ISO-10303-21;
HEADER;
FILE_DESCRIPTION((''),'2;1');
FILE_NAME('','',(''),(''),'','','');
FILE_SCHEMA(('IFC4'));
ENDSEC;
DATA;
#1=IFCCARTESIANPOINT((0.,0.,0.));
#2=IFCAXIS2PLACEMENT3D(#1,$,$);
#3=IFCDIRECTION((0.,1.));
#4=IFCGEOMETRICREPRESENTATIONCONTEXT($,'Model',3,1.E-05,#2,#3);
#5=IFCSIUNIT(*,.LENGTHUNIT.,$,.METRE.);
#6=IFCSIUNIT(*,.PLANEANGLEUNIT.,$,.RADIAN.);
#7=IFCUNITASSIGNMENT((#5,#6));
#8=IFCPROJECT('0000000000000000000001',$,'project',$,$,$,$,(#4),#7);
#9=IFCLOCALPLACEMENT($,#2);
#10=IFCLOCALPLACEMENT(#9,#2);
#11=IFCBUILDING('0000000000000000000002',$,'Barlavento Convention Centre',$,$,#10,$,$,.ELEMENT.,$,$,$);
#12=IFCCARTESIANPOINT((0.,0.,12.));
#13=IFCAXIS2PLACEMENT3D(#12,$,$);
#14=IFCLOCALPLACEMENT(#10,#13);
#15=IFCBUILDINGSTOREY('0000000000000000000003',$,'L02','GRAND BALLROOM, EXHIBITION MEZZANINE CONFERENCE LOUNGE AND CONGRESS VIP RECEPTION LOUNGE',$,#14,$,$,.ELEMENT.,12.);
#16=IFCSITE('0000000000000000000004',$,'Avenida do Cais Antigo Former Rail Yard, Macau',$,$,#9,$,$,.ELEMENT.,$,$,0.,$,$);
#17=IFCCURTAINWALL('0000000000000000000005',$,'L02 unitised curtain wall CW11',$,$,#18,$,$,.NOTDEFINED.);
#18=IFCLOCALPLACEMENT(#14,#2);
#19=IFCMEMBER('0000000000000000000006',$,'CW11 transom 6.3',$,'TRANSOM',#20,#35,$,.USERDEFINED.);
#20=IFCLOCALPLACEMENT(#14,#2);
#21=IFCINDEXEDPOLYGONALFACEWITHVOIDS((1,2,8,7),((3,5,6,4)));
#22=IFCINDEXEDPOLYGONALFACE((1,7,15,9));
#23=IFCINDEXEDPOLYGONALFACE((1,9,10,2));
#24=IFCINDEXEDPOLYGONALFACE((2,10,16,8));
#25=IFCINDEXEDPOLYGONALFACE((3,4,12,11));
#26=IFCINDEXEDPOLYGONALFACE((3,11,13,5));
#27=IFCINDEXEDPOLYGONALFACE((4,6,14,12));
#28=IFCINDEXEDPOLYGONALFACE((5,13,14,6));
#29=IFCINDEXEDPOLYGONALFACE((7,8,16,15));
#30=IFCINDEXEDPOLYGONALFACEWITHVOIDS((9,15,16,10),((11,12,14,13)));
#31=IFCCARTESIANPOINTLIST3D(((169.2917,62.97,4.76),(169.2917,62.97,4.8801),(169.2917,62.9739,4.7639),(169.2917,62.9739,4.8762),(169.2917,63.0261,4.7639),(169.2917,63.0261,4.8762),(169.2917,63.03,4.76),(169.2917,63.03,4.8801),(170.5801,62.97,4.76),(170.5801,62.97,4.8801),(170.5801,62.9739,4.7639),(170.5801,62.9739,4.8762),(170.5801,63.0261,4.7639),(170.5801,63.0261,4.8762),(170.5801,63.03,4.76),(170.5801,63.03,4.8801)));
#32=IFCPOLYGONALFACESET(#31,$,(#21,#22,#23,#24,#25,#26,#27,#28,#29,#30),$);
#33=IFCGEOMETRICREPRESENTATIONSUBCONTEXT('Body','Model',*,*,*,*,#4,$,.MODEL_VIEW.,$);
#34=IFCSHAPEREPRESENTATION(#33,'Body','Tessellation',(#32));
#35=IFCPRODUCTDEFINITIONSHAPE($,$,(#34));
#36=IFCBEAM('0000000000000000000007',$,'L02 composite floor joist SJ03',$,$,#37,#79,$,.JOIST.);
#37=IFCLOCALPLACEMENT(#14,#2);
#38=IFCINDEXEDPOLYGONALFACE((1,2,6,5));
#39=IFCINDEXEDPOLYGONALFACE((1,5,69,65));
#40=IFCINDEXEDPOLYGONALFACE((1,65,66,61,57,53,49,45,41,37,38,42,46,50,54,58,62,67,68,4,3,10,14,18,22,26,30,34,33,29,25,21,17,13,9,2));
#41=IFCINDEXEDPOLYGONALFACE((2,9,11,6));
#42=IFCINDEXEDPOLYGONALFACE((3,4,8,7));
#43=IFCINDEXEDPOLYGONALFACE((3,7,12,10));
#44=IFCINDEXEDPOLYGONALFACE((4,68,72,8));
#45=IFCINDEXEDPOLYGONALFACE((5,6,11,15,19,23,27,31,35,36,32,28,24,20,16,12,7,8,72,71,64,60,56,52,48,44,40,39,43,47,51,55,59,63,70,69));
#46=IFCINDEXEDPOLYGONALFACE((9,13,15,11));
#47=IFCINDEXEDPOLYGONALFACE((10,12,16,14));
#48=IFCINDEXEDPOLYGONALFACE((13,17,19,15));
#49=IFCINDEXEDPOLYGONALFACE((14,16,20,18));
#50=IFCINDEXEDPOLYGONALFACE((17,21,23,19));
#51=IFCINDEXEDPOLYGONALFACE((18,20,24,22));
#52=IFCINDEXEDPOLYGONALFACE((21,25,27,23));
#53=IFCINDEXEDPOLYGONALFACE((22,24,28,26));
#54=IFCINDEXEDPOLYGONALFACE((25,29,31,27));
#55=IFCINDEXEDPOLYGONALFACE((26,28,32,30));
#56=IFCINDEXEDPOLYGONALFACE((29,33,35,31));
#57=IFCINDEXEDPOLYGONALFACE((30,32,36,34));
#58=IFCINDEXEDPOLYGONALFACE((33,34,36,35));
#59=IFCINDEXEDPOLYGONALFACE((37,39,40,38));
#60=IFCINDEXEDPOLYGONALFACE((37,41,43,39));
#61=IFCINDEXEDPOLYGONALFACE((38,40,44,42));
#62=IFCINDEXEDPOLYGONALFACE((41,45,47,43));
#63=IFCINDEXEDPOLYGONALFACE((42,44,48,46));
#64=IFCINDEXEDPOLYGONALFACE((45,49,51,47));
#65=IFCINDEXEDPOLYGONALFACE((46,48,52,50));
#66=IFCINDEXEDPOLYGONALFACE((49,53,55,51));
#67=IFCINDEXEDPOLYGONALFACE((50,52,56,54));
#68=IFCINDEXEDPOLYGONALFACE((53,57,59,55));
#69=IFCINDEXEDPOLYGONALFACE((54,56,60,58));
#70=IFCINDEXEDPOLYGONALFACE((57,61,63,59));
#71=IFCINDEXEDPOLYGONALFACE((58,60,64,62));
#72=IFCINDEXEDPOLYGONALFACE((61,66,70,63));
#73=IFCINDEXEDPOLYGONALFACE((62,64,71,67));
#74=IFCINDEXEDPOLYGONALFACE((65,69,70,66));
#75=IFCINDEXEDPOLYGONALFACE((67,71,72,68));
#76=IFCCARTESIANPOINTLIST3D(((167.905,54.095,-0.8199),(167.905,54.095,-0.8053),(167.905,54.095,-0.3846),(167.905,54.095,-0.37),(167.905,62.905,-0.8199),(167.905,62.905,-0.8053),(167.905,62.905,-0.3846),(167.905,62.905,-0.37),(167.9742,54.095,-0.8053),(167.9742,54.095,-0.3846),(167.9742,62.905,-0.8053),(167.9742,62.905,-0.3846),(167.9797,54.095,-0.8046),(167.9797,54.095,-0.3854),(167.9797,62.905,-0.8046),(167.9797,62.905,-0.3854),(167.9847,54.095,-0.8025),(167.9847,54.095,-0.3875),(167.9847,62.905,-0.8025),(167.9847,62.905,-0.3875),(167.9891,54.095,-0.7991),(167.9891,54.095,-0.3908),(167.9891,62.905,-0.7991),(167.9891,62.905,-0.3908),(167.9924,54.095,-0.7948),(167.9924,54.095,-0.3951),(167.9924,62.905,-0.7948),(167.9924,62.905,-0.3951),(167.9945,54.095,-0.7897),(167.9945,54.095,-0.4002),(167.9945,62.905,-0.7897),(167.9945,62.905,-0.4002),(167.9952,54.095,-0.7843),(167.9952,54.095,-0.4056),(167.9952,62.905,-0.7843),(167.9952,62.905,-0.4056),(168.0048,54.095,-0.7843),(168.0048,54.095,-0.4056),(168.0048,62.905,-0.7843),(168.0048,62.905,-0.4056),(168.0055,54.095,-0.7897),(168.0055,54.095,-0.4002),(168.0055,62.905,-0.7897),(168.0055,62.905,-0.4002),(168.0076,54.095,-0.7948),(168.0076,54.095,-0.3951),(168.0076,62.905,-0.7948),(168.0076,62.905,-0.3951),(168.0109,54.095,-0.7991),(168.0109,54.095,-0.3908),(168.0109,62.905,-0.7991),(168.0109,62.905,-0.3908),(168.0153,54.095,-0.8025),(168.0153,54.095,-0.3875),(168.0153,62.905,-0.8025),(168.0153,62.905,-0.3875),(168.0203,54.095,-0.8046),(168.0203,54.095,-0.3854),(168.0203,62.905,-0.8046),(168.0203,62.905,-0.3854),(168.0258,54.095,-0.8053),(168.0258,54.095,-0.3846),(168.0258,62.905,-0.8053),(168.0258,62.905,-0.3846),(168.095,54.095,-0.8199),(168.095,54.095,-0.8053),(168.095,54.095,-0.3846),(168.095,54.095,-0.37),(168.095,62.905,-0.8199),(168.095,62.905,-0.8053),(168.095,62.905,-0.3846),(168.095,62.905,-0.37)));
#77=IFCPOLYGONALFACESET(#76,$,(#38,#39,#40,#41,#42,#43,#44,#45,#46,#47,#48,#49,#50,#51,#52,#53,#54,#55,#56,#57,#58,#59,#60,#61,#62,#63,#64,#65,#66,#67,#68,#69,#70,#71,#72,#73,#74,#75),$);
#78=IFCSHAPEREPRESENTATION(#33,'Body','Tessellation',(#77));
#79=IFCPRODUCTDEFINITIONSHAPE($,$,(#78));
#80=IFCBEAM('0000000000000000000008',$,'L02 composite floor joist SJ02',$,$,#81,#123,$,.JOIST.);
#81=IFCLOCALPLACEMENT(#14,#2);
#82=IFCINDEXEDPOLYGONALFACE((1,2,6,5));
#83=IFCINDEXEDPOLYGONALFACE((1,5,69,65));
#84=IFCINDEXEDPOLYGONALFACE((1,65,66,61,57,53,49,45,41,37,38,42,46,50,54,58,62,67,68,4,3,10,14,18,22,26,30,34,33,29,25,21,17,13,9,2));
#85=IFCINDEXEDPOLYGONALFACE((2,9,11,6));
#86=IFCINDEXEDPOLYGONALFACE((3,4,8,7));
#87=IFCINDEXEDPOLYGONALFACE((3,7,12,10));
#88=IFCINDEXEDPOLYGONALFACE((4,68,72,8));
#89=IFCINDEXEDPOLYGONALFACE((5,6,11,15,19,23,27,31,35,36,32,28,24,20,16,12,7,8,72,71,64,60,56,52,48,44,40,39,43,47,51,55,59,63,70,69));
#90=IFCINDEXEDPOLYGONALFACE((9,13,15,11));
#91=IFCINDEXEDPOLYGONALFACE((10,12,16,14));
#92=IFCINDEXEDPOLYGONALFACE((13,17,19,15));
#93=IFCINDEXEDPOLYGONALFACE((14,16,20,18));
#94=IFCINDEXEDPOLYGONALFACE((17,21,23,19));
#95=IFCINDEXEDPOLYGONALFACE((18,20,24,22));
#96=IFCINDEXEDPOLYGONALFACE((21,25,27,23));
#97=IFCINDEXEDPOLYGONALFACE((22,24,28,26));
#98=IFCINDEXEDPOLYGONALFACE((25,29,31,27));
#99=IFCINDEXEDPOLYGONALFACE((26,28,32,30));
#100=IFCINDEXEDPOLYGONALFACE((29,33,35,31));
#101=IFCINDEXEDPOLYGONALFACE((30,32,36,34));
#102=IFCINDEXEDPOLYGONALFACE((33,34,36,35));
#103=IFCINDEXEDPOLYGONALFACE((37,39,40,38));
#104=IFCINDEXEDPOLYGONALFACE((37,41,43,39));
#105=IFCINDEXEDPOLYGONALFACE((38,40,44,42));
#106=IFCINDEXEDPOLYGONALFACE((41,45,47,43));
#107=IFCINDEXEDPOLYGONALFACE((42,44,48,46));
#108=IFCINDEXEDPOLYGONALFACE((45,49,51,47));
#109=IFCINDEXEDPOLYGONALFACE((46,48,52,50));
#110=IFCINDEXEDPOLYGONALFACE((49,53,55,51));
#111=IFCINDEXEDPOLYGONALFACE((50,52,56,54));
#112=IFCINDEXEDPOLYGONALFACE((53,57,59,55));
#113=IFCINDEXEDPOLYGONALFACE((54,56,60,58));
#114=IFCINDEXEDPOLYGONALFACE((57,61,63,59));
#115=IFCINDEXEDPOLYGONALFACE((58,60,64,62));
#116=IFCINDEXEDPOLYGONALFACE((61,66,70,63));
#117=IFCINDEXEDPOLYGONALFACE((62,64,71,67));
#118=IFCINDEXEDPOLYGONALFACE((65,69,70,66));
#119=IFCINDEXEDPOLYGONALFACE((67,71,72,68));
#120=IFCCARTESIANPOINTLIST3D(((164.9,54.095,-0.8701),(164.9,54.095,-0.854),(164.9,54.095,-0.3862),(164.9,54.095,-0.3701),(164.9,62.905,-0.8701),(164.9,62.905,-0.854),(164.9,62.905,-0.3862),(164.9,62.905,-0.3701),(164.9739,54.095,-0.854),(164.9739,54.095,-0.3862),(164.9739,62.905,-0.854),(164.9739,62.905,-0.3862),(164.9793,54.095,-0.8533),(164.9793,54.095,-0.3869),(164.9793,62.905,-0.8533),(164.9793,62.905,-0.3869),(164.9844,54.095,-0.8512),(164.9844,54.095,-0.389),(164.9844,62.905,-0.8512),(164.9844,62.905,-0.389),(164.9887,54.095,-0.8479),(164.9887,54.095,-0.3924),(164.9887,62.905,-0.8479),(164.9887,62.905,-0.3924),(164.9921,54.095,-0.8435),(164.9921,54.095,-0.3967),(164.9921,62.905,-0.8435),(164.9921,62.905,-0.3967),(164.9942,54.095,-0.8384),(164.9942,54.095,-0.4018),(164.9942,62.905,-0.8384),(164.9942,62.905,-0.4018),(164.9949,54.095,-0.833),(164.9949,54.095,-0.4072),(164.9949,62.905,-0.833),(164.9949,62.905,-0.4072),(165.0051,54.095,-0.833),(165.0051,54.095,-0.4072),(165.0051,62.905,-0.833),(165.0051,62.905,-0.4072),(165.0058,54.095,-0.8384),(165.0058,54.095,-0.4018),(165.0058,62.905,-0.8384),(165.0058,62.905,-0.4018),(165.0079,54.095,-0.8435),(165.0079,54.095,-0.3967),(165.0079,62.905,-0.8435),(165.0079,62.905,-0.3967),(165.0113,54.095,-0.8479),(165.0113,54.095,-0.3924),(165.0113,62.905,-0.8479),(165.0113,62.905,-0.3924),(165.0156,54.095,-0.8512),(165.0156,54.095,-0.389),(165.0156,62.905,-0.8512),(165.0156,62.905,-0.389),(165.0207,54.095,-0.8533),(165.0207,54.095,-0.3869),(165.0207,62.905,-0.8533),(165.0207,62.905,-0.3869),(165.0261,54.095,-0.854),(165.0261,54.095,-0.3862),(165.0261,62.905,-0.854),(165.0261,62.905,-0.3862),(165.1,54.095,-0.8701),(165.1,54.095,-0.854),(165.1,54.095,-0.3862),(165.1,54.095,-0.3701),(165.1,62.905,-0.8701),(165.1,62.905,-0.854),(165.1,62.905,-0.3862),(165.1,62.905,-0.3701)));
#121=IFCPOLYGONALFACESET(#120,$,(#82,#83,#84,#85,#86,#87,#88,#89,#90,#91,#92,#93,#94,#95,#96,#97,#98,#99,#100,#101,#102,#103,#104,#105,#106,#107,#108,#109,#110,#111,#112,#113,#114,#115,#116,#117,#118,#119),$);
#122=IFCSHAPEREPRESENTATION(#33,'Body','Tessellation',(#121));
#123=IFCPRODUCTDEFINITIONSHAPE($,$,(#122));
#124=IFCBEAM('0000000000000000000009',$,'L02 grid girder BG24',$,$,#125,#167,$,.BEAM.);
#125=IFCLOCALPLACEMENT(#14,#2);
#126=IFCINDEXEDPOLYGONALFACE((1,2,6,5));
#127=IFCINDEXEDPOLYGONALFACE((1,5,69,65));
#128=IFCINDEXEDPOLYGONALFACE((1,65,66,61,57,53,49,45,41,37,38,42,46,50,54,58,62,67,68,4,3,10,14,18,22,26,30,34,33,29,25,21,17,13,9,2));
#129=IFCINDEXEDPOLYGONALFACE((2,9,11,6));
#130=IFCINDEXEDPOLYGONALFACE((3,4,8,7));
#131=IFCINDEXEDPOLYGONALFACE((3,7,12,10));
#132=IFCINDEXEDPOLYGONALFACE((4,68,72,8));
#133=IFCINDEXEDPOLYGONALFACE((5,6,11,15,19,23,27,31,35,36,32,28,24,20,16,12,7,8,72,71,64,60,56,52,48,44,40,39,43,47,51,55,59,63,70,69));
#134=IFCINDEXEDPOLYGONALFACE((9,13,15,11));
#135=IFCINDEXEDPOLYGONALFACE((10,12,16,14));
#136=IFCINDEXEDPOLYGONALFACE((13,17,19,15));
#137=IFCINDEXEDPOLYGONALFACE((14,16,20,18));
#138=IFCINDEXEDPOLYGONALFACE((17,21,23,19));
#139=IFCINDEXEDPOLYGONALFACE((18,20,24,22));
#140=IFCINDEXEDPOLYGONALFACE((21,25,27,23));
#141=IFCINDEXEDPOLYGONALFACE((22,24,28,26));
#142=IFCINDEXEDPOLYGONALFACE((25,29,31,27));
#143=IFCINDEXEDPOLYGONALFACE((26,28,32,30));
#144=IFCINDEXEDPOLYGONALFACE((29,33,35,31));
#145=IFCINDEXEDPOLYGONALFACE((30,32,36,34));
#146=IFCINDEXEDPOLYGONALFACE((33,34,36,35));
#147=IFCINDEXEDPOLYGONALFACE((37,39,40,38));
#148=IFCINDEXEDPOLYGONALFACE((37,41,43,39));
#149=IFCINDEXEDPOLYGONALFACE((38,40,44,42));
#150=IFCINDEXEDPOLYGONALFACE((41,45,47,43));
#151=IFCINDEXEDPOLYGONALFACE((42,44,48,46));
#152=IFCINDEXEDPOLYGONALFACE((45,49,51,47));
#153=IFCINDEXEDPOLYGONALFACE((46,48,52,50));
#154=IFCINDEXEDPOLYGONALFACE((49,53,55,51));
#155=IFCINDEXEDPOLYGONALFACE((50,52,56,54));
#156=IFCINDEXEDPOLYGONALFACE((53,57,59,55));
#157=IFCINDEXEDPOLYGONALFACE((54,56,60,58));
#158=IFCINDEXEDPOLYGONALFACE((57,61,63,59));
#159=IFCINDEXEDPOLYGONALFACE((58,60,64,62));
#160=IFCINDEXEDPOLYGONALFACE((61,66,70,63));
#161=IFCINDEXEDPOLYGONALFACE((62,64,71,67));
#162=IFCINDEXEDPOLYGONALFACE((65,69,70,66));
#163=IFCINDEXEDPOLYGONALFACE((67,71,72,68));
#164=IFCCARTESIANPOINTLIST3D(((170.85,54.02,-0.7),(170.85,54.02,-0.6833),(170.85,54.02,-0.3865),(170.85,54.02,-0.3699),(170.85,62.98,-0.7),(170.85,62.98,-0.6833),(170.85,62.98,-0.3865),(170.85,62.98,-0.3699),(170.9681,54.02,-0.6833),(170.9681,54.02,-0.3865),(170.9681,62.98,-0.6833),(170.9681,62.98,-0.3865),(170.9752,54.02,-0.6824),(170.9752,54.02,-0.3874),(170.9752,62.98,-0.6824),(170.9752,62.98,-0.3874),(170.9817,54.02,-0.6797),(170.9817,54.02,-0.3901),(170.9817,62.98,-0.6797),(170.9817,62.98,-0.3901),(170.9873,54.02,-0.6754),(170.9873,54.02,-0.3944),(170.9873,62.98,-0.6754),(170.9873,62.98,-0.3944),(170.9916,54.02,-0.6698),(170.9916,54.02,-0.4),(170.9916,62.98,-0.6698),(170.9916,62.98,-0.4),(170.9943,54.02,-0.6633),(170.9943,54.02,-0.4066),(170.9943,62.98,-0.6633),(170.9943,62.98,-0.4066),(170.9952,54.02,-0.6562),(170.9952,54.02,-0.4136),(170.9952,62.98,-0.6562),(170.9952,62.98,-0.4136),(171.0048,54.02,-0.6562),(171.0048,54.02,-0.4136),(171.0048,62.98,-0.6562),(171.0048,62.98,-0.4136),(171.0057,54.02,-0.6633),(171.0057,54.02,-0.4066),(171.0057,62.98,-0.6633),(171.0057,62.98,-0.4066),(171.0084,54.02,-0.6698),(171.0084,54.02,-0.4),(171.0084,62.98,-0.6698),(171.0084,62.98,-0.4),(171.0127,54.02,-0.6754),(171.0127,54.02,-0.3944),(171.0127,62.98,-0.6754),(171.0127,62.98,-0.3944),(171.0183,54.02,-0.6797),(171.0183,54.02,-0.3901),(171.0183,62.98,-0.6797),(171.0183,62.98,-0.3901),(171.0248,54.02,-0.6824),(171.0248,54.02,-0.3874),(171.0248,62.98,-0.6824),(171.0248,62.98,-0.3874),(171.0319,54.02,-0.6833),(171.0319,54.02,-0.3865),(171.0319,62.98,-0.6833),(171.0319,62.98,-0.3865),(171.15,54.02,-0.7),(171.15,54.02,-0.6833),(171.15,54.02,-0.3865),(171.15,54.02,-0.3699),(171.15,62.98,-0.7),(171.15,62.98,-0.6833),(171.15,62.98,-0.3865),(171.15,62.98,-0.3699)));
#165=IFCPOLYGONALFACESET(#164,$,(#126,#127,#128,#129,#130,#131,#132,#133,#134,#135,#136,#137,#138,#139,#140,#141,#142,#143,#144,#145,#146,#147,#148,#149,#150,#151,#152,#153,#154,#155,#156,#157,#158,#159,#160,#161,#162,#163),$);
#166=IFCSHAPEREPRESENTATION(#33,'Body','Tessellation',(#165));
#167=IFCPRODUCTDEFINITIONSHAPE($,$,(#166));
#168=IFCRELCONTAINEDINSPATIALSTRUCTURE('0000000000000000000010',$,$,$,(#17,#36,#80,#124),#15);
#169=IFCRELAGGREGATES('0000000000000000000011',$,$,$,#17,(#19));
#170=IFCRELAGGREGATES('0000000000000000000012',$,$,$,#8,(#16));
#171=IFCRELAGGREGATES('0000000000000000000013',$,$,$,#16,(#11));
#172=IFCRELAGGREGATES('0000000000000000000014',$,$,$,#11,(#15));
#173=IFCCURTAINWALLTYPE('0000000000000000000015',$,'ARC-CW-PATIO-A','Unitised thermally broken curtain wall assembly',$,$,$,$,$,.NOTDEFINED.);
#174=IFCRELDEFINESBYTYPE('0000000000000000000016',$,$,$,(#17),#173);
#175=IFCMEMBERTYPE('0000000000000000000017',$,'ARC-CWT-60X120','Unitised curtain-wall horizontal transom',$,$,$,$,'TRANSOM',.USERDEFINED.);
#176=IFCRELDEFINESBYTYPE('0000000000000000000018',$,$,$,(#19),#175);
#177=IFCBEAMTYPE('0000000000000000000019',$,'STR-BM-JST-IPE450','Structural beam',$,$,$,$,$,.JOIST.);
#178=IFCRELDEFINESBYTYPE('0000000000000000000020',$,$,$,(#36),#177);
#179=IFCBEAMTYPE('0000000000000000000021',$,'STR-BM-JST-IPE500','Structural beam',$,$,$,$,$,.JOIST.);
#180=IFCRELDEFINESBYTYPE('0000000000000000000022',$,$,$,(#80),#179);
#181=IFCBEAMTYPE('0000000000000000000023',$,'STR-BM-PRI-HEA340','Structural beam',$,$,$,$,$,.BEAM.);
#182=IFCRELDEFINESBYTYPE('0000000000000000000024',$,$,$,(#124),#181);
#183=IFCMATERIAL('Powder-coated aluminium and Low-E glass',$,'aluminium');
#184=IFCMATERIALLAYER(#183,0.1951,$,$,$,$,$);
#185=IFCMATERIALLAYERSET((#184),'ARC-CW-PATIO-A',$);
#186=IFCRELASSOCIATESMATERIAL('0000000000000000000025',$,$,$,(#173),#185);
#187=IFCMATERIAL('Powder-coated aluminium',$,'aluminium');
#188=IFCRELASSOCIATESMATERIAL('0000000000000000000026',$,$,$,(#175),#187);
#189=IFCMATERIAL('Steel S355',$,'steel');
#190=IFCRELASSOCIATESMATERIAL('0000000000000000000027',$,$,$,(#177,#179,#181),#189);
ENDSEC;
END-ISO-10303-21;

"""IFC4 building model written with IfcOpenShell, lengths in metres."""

from ifc_helpers import new_model, si_unit, direction, frame, origin, origin_2d, place, context, subcontext, project, spatial, hollow_rectangle, i_section, extrude, material, layer, layer_set, material_profile, profile_set, type_object, element, aggregate, save


model = new_model("IFC4")

# Units and contexts
model_context = context("Model", 3, precision=1e-05, world=origin(), true_north=direction((0.0, 1.0)))
body_context = subcontext(model_context, "Body", "Model", "MODEL_VIEW")
ifc_project = project(units=[si_unit("LENGTHUNIT", "METRE"), si_unit("PLANEANGLEUNIT", "RADIAN")], contexts=[model_context])

# Site, building, storey
site_placement = place(None, origin())
site = spatial("IfcSite", under=ifc_project, at=site_placement, Name="Avenida do Cais Antigo Former Rail Yard, Macau", CompositionType="ELEMENT", RefElevation=0.0)
building_placement = place(site_placement, origin())
building = spatial("IfcBuilding", under=site, at=building_placement, Name="Barlavento Convention Centre", CompositionType="ELEMENT")
storey_placement = place(building_placement, frame((0.0, 0.0, 12.0)))
storey = spatial("IfcBuildingStorey", under=building, at=storey_placement, Name="L02", Description="GRAND BALLROOM, EXHIBITION MEZZANINE CONFERENCE LOUNGE AND CONGRESS VIP RECEPTION LOUNGE", CompositionType="ELEMENT", Elevation=12.0)

# Shared definitions
ifc_material_1 = material(Name="Steel S355", Category="steel")

# Curtain wall, member
ifc_material_2 = material(Name="Powder-coated aluminium and Low-E glass", Category="aluminium")
ifc_layer_1 = layer(ifc_material_2, 0.1951)
ifc_layer_set_1 = layer_set([ifc_layer_1], Name="ARC-CW-PATIO-A")
curtain_wall_type = type_object("IfcCurtainWallType", Name="ARC-CW-PATIO-A", Description="Unitised thermally broken curtain wall assembly", PredefinedType="NOTDEFINED", material=ifc_layer_set_1)
curtain_wall_placement = place(storey_placement, origin())
curtain_wall = element("IfcCurtainWall", 1, at=curtain_wall_placement, inside=storey, type_object=curtain_wall_type, Name="L02 unitised curtain wall CW11", PredefinedType="NOTDEFINED")
ifc_material_3 = material(Name="Powder-coated aluminium", Category="aluminium")
ifc_material_profile_1 = material_profile(ifc_material_3, hollow_rectangle(XDim=0.0601, YDim=0.1201, WallThickness=0.0039, at=origin_2d()), Name="AL-TRAN 60x120x4")
ifc_profile_set_1 = profile_set([ifc_material_profile_1], Name="Powder-coated aluminium")
member_type_1 = type_object("IfcMemberType", Name="ARC-CWT-60X120", Description="Unitised curtain-wall horizontal transom", ElementType="TRANSOM", PredefinedType="USERDEFINED", material=ifc_profile_set_1)
member_1_placement = place(storey_placement, frame((169.2917, 63.0, 4.8201), z_axis=(1.0, 0.0, 0.0), x_axis=(0.0, 1.0, 0.0)))
member_1 = element("IfcMember", 2, at=member_1_placement, type_object=member_type_1, Name="CW11 transom 6.3", ObjectType="TRANSOM", PredefinedType="USERDEFINED", context=body_context, shape_type="SweptSolid", body=[
    extrude(hollow_rectangle(XDim=0.0601, YDim=0.1201, WallThickness=0.0039, at=origin_2d()), origin(), (0.0, 0.0, 1.0), 1.2883),
])

# Beams
ifc_material_profile_2 = material_profile(ifc_material_1, i_section(OverallWidth=0.1899, OverallDepth=0.45, WebThickness=0.0095, FlangeThickness=0.0146, FilletRadius=0.021, at=origin_2d()), Name="IPE 450")
ifc_profile_set_2 = profile_set([ifc_material_profile_2], Name="Steel S355")
beam_type_1 = type_object("IfcBeamType", Name="STR-BM-JST-IPE450", Description="Structural beam", PredefinedType="JOIST", material=ifc_profile_set_2)
beam_1_placement = place(storey_placement, frame((168.0, 54.095, -0.595), z_axis=(0.0, 1.0, 0.0), x_axis=(-1.0, 0.0, 0.0)))
element("IfcBeam", 3, at=beam_1_placement, inside=storey, type_object=beam_type_1, Name="L02 composite floor joist SJ03", PredefinedType="JOIST", context=body_context, shape_type="SweptSolid", body=[
    extrude(i_section(OverallWidth=0.1899, OverallDepth=0.45, WebThickness=0.0095, FlangeThickness=0.0146, FilletRadius=0.021, at=origin_2d()), origin(), (0.0, 0.0, 1.0), 8.8101),
])
ifc_material_profile_3 = material_profile(ifc_material_1, i_section(OverallWidth=0.2, OverallDepth=0.5, WebThickness=0.0103, FlangeThickness=0.0161, FilletRadius=0.021, at=origin_2d()), Name="IPE 500")
ifc_profile_set_3 = profile_set([ifc_material_profile_3], Name="Steel S355")
beam_type_2 = type_object("IfcBeamType", Name="STR-BM-JST-IPE500", Description="Structural beam", PredefinedType="JOIST", material=ifc_profile_set_3)
beam_2_placement = place(storey_placement, frame((165.0, 54.095, -0.6201), z_axis=(0.0, 1.0, 0.0), x_axis=(-1.0, 0.0, 0.0)))
element("IfcBeam", 4, at=beam_2_placement, inside=storey, type_object=beam_type_2, Name="L02 composite floor joist SJ02", PredefinedType="JOIST", context=body_context, shape_type="SweptSolid", body=[
    extrude(i_section(OverallWidth=0.2, OverallDepth=0.5, WebThickness=0.0103, FlangeThickness=0.0161, FilletRadius=0.021, at=origin_2d()), origin(), (0.0, 0.0, 1.0), 8.8101),
])
ifc_material_profile_4 = material_profile(ifc_material_1, i_section(OverallWidth=0.3, OverallDepth=0.3301, WebThickness=0.0095, FlangeThickness=0.0166, FilletRadius=0.0271, at=origin_2d()), Name="HEA 340")
ifc_profile_set_4 = profile_set([ifc_material_profile_4], Name="Steel S355")
beam_type_3 = type_object("IfcBeamType", Name="STR-BM-PRI-HEA340", Description="Structural beam", PredefinedType="BEAM", material=ifc_profile_set_4)
beam_3_placement = place(storey_placement, frame((171.0, 54.02, -0.5349), z_axis=(0.0, 1.0, 0.0), x_axis=(-1.0, 0.0, 0.0)))
element("IfcBeam", 5, at=beam_3_placement, inside=storey, type_object=beam_type_3, Name="L02 grid girder BG24", PredefinedType="BEAM", context=body_context, shape_type="SweptSolid", body=[
    extrude(i_section(OverallWidth=0.3, OverallDepth=0.3301, WebThickness=0.0095, FlangeThickness=0.0166, FilletRadius=0.0271, at=origin_2d()), origin(), (0.0, 0.0, 1.0), 8.96),
])

aggregate(curtain_wall, [member_1])

save(model, "model.ifc")
